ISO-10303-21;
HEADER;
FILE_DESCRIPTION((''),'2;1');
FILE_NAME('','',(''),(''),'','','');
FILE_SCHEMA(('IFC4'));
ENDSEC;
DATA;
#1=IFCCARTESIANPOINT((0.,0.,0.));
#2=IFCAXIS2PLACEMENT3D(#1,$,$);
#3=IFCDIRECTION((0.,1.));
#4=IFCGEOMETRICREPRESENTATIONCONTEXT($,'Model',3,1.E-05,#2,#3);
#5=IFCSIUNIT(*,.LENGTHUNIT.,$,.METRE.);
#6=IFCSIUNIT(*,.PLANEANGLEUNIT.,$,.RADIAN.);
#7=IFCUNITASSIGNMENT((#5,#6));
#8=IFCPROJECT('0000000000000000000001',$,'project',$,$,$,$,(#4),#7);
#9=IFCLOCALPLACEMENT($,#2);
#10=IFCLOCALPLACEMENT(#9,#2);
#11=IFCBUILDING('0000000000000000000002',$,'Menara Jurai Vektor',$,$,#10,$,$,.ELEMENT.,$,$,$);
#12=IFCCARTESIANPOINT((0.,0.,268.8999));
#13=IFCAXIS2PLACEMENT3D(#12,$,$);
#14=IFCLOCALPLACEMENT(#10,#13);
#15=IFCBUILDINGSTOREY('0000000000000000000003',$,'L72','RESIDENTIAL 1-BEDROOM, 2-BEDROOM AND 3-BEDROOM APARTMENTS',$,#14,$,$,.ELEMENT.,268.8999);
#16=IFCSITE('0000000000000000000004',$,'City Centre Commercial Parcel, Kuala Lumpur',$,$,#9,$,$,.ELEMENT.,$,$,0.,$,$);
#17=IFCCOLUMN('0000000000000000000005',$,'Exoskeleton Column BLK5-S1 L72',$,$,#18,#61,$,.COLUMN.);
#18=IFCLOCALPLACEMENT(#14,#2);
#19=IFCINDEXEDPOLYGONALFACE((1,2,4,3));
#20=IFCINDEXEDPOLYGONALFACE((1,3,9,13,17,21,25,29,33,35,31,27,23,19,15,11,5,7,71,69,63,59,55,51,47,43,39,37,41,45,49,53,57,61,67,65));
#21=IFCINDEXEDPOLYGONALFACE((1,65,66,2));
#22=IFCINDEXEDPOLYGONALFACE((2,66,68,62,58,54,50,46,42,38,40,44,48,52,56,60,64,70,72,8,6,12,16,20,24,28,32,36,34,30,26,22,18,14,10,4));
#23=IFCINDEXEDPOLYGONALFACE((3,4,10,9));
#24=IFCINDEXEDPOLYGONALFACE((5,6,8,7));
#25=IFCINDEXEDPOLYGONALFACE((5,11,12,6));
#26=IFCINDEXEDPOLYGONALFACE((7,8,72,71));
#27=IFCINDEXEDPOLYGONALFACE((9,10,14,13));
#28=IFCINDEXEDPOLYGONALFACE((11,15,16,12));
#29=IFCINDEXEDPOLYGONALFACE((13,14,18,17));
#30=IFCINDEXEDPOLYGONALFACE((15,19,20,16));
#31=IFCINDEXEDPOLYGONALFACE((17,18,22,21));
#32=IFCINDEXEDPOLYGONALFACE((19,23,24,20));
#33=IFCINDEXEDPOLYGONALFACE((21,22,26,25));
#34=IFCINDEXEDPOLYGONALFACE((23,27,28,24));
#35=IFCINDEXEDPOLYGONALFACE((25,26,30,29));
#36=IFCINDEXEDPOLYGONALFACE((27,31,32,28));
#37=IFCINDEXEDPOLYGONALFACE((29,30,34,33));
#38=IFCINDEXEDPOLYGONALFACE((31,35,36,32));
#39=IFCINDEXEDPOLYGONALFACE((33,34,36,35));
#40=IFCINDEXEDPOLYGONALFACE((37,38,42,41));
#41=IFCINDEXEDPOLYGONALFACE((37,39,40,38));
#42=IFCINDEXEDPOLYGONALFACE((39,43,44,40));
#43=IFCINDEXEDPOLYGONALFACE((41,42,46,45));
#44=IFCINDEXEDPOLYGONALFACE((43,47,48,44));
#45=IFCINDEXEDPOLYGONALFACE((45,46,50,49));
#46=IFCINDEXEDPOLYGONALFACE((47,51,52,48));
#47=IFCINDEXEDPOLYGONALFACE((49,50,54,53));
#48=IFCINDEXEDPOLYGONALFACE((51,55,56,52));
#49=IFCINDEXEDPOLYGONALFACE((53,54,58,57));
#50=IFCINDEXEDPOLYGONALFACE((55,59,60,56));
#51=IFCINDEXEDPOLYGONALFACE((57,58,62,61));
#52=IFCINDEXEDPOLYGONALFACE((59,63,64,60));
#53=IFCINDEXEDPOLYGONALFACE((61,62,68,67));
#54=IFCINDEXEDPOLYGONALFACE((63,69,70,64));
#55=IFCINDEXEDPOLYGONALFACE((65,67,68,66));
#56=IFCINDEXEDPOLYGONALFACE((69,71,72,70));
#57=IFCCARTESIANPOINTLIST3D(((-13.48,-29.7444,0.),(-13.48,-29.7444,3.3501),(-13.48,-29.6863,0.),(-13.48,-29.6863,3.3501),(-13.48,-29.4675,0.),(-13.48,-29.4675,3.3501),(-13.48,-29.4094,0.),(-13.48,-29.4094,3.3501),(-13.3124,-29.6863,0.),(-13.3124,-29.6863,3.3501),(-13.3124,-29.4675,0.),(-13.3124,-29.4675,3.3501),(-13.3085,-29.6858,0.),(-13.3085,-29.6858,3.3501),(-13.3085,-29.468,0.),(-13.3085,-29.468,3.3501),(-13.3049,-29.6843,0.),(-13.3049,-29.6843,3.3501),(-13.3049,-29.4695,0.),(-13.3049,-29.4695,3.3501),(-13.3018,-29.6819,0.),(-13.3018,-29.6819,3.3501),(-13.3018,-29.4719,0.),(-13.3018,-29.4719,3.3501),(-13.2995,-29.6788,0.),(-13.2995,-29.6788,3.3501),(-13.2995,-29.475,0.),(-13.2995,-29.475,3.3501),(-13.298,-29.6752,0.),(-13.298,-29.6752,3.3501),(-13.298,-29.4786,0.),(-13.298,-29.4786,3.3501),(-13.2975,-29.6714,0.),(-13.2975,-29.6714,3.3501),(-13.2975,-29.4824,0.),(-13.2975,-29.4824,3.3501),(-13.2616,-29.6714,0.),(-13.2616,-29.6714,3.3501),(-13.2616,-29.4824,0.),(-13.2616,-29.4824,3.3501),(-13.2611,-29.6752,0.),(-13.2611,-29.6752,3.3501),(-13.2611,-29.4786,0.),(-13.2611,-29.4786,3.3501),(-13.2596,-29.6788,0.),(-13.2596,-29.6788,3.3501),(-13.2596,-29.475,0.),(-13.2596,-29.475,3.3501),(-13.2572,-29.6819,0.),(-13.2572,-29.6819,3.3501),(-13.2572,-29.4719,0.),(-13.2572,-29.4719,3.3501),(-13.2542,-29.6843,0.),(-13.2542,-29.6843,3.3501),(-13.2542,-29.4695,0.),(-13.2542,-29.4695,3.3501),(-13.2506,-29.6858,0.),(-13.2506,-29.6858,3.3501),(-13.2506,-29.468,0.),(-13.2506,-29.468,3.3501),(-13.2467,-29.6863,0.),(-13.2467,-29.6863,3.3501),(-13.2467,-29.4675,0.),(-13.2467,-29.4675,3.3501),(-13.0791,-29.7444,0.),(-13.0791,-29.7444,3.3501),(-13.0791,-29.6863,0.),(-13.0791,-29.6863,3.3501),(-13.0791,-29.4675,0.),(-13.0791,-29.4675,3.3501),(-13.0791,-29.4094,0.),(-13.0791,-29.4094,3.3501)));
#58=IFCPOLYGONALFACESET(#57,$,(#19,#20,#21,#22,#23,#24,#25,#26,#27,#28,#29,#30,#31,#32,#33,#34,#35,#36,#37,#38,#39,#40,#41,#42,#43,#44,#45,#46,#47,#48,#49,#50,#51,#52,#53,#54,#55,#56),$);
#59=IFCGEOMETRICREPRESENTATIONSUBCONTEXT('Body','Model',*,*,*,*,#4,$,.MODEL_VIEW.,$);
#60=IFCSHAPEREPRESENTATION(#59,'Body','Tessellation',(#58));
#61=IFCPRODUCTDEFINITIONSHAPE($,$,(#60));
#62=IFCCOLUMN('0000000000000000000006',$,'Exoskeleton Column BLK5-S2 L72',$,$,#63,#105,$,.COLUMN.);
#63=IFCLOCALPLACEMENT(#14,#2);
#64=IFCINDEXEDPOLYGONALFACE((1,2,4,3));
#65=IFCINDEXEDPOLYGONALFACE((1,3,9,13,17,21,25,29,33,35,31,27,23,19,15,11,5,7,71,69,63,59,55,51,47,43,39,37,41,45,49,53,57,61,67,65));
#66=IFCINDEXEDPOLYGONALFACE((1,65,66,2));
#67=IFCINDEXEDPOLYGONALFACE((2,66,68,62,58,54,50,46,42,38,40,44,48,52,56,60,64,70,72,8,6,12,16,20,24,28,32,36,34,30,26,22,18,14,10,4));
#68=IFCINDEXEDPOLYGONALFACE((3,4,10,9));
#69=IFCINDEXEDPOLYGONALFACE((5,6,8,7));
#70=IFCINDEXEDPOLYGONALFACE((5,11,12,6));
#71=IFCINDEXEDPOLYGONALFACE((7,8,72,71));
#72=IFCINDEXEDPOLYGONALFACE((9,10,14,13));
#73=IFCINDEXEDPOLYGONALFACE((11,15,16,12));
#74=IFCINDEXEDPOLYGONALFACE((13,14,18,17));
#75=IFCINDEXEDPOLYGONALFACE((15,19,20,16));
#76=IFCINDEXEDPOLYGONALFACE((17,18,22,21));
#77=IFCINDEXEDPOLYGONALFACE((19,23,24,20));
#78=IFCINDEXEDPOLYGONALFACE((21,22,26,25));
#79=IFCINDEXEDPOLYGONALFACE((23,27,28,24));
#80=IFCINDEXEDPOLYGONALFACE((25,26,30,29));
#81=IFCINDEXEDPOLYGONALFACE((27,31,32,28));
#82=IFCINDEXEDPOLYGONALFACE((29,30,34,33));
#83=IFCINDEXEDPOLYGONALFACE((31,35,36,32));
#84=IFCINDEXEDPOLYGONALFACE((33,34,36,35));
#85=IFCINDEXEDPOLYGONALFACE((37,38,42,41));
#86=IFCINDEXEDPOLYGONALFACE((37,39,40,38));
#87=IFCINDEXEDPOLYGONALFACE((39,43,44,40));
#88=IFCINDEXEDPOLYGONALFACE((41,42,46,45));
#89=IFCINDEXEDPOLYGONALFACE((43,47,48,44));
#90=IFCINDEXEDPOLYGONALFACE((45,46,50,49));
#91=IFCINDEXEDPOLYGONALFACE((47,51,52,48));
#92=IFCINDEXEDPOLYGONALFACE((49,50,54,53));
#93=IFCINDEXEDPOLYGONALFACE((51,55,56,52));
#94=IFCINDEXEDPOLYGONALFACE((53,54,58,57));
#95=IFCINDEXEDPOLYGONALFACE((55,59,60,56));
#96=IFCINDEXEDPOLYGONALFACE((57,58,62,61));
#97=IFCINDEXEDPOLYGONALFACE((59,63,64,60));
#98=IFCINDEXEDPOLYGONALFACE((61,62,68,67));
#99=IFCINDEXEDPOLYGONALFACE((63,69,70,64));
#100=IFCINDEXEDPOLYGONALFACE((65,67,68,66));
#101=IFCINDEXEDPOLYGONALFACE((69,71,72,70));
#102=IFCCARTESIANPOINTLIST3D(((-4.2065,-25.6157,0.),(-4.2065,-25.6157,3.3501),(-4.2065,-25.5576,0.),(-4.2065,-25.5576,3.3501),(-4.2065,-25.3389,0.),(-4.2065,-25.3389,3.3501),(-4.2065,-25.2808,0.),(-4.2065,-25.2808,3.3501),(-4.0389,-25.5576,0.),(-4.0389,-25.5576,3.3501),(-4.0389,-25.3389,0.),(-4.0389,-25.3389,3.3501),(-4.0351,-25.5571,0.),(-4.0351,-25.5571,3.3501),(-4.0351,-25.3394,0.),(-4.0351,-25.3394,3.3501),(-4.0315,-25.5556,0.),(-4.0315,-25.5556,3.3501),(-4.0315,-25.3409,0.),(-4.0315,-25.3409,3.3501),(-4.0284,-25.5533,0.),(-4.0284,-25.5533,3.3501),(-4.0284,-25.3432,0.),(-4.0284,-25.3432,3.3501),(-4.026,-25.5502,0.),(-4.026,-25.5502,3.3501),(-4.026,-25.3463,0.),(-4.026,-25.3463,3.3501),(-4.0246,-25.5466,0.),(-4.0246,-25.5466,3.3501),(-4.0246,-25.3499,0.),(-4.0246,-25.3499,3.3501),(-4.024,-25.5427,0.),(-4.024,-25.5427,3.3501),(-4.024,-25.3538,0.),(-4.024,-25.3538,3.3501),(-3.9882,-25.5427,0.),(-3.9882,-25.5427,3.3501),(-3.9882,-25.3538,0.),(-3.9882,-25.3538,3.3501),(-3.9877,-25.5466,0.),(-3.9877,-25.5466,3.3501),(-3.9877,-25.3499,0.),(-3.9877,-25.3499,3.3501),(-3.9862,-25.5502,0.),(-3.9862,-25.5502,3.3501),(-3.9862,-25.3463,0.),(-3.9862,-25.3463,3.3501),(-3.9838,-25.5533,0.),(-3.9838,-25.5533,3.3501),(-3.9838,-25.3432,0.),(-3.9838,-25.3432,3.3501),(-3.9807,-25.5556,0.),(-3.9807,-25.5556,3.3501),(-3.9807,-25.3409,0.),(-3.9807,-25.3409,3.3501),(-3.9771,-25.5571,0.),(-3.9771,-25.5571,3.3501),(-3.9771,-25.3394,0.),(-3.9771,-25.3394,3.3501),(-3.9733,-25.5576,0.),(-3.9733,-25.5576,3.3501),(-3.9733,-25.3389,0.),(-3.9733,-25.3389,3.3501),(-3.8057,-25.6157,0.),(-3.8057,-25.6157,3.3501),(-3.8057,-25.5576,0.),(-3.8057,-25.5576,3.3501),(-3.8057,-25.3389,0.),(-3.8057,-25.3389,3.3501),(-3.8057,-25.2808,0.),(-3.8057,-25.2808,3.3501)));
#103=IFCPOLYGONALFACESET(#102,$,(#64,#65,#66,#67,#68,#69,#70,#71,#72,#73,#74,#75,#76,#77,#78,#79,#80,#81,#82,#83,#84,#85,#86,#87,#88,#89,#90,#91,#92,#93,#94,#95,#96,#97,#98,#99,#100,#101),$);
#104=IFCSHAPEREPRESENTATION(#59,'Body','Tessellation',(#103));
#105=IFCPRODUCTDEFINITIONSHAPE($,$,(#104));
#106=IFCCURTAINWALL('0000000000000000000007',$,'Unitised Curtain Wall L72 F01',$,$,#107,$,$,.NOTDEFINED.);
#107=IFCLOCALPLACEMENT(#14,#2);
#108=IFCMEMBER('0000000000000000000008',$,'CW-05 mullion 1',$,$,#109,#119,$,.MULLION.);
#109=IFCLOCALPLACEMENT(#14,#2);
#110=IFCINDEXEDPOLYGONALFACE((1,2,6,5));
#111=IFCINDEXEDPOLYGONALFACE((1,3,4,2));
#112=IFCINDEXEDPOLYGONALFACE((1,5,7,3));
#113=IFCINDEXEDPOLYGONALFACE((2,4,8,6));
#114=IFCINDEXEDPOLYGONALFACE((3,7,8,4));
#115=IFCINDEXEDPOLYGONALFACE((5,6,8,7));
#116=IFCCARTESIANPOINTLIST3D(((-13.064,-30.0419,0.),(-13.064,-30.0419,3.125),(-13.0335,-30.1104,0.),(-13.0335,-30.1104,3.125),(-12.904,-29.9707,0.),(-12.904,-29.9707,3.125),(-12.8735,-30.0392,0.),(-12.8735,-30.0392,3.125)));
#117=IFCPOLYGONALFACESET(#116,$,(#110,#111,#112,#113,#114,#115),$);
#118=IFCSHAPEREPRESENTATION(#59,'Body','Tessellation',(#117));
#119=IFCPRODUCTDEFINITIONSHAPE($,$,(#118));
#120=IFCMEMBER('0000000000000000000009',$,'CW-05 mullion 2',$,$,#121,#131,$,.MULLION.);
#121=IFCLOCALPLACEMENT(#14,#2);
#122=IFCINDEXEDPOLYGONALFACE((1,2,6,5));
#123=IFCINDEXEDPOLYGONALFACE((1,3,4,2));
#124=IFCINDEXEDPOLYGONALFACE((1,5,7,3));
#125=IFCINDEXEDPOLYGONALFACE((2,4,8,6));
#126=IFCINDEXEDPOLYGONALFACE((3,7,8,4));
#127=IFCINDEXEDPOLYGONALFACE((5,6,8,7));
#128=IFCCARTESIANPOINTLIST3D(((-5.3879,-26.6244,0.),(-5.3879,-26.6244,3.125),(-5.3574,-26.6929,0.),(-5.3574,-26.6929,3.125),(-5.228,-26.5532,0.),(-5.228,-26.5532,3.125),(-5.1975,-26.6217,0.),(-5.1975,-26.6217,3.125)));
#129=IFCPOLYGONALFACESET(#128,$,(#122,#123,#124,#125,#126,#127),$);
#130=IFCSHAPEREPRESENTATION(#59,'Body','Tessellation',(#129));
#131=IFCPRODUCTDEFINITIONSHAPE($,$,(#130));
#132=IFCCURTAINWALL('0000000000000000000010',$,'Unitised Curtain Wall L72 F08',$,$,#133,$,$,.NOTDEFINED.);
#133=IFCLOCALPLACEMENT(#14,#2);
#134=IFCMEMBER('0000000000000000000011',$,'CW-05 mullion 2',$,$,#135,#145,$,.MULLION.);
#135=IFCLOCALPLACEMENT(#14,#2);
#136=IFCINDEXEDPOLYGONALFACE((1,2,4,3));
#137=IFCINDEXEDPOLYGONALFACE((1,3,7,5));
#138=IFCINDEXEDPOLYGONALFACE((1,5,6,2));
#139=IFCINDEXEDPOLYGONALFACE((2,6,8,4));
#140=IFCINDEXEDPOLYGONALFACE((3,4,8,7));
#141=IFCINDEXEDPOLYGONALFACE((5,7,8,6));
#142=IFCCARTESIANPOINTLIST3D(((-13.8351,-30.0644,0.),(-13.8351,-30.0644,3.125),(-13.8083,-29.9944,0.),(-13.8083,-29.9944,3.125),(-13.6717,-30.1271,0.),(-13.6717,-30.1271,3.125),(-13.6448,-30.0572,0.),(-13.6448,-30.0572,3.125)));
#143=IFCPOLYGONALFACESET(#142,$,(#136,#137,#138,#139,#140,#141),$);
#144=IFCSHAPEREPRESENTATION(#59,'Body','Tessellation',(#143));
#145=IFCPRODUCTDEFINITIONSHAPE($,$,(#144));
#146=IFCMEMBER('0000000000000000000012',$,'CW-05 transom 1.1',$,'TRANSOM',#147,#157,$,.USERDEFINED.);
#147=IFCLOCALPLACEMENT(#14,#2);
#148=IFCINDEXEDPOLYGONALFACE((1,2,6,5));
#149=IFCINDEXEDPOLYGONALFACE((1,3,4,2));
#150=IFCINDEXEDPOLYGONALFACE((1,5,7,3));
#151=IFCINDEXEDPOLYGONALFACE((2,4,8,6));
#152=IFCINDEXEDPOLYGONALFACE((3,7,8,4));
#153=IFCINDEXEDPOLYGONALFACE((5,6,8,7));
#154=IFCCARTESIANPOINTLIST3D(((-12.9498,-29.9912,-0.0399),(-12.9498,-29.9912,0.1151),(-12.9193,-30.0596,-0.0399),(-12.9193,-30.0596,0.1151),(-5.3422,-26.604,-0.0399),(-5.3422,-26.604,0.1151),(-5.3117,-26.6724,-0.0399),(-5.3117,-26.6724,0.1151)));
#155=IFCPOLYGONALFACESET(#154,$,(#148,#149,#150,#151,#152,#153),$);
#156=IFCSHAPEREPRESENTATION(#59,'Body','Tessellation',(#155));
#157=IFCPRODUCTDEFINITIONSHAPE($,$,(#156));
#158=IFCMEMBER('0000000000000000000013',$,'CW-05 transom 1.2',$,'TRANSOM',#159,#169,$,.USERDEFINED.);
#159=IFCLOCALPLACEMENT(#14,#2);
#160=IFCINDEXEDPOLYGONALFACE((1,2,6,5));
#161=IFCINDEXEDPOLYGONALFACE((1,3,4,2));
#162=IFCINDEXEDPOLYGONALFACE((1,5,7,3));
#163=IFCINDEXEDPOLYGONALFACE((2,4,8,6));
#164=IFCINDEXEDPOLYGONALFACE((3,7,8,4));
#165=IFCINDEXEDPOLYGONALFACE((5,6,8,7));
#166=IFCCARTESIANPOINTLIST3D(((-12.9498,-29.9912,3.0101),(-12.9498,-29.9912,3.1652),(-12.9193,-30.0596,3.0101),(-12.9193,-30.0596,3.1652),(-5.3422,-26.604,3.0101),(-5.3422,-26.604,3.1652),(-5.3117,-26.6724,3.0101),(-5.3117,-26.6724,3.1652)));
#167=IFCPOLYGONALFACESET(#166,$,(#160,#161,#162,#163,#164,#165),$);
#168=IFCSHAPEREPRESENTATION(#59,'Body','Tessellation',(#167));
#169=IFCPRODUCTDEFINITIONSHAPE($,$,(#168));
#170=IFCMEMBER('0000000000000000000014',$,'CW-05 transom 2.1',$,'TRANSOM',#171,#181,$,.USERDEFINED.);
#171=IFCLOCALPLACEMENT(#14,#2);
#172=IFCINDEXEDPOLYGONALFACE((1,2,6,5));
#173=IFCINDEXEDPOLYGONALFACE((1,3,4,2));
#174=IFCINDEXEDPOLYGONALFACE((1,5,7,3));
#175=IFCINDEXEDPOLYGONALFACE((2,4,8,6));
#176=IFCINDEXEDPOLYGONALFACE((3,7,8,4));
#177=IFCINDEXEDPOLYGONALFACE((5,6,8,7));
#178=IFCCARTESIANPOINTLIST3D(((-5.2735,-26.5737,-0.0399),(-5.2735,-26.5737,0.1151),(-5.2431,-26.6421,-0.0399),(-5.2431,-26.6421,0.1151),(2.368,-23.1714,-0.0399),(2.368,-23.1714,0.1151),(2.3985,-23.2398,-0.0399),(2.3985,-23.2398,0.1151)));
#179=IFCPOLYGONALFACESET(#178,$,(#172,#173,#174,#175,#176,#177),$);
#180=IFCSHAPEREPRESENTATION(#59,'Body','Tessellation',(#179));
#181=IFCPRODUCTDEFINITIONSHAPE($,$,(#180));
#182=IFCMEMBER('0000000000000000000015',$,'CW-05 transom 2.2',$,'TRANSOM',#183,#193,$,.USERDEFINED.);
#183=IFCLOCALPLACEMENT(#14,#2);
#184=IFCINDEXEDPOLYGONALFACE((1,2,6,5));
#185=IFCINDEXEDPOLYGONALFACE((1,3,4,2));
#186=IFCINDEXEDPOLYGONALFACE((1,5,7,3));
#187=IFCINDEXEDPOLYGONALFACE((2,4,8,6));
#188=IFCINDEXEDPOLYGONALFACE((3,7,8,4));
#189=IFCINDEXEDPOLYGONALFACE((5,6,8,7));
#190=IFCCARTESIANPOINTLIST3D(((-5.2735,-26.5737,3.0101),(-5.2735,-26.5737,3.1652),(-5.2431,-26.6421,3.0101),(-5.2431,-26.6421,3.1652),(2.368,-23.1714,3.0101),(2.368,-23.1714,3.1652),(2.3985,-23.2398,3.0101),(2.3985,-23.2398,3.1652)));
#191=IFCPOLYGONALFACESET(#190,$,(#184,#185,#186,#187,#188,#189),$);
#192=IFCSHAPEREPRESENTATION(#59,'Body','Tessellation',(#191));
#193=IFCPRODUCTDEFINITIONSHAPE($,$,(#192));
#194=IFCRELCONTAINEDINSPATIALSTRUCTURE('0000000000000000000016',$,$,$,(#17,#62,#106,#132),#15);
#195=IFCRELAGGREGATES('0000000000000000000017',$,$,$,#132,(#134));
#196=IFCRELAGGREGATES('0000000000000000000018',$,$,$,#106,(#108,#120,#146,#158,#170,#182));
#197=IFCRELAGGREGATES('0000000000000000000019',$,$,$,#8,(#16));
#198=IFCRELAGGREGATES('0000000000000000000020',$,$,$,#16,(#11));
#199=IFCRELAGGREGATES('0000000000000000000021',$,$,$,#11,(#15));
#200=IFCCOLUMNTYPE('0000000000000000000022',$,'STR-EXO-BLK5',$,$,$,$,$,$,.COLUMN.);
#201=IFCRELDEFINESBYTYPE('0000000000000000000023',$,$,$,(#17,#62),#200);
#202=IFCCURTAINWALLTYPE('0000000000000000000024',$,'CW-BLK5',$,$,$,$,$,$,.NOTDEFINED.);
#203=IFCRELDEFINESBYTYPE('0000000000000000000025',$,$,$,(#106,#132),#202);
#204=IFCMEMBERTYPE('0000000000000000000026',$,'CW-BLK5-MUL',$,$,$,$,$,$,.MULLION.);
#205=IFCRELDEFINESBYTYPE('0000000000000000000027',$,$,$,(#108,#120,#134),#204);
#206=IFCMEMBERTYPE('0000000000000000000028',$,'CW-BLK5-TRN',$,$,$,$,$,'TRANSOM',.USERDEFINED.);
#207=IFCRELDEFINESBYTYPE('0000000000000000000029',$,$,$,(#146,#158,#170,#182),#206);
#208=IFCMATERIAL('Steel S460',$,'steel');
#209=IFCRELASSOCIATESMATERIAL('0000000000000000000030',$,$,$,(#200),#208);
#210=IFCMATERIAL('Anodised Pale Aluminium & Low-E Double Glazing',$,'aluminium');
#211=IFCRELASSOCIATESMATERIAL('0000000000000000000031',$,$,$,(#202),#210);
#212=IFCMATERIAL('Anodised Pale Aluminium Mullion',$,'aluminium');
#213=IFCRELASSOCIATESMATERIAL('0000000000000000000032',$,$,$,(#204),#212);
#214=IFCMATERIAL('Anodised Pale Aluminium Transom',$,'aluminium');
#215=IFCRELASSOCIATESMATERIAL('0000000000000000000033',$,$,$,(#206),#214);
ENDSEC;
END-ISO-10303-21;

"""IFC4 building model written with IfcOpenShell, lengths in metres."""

from ifc_helpers import new_model, si_unit, direction, frame, origin, origin_2d, place, context, subcontext, project, spatial, rectangle, i_section, extrude, material, material_profile, profile_set, type_object, element, aggregate, save


model = new_model("IFC4")

# Units and contexts
model_context = context("Model", 3, precision=1e-05, world=origin(), true_north=direction((0.0, 1.0)))
body_context = subcontext(model_context, "Body", "Model", "MODEL_VIEW")
ifc_project = project(units=[si_unit("LENGTHUNIT", "METRE"), si_unit("PLANEANGLEUNIT", "RADIAN")], contexts=[model_context])

# Site, building, storey
site_placement = place(None, origin())
site = spatial("IfcSite", under=ifc_project, at=site_placement, Name="City Centre Commercial Parcel, Kuala Lumpur", CompositionType="ELEMENT", RefElevation=0.0)
building_placement = place(site_placement, origin())
building = spatial("IfcBuilding", under=site, at=building_placement, Name="Menara Jurai Vektor", CompositionType="ELEMENT")
storey_placement = place(building_placement, frame((0.0, 0.0, 268.8999)))
storey = spatial("IfcBuildingStorey", under=building, at=storey_placement, Name="L72", Description="RESIDENTIAL 1-BEDROOM, 2-BEDROOM AND 3-BEDROOM APARTMENTS", CompositionType="ELEMENT", Elevation=268.8999)

# Columns
ifc_material_1 = material(Name="Steel S460", Category="steel")
ifc_material_profile_1 = material_profile(ifc_material_1, i_section(OverallWidth=0.4009, OverallDepth=0.335, WebThickness=0.0359, FlangeThickness=0.0581, FilletRadius=0.0149, at=origin_2d()), Name="HD 400x463")
ifc_profile_set_1 = profile_set([ifc_material_profile_1], Name="Steel S460")
column_type = type_object("IfcColumnType", Name="STR-EXO-BLK5", PredefinedType="COLUMN", material=ifc_profile_set_1)
for number, where, z_axis, x_axis, name in (
    (1, (-13.2795, -29.5769, 0.0), (0.0, 0.0, 1.0), (1.0, 0.0, 0.0), "Exoskeleton Column BLK5-S1 L72"),
    (2, (-4.0061, -25.4482, 0.0), (0.0, 0.0, 1.0), (1.0, 0.0, 0.0), "Exoskeleton Column BLK5-S2 L72"),
):
    element("IfcColumn", number, at=place(storey_placement, frame(where, z_axis=z_axis, x_axis=x_axis)), inside=storey, type_object=column_type, Name=name, PredefinedType="COLUMN", context=body_context, shape_type="SweptSolid", body=[
        extrude(i_section(OverallWidth=0.4009, OverallDepth=0.335, WebThickness=0.0359, FlangeThickness=0.0581, FilletRadius=0.0149, at=origin_2d()), origin(), (0.0, 0.0, 1.0), 3.3501),
    ])

# Curtain wall, members
ifc_material_2 = material(Name="Anodised Pale Aluminium & Low-E Double Glazing", Category="aluminium")
curtain_wall_type = type_object("IfcCurtainWallType", Name="CW-BLK5", PredefinedType="NOTDEFINED", material=ifc_material_2)
curtain_wall_1_placement = place(storey_placement, origin())
curtain_wall_1 = element("IfcCurtainWall", 3, at=curtain_wall_1_placement, inside=storey, type_object=curtain_wall_type, Name="Unitised Curtain Wall L72 F01", PredefinedType="NOTDEFINED")
ifc_material_3 = material(Name="Anodised Pale Aluminium Mullion", Category="aluminium")
ifc_material_profile_2 = material_profile(ifc_material_3, rectangle(XDim=0.075, YDim=0.175, at=origin_2d()), Name="ALU MUL 75x175")
ifc_profile_set_2 = profile_set([ifc_material_profile_2], Name="Anodised Pale Aluminium Mullion")
member_type_1 = type_object("IfcMemberType", Name="CW-BLK5-MUL", PredefinedType="MULLION", material=ifc_profile_set_2)
member_1_placement = place(storey_placement, frame((-12.9688, -30.0405, 0.0), z_axis=(0.0, 0.0, 1.0), x_axis=(-0.406735, 0.913546, 0.0)))
member_1 = element("IfcMember", 4, at=member_1_placement, type_object=member_type_1, Name="CW-05 mullion 1", PredefinedType="MULLION", context=body_context, shape_type="SweptSolid", body=[
    extrude(rectangle(XDim=0.075, YDim=0.175, at=origin_2d()), origin(), (0.0, 0.0, 1.0), 3.125),
])
member_2_placement = place(storey_placement, frame((-5.2927, -26.623, 0.0), z_axis=(0.0, 0.0, 1.0), x_axis=(-0.406735, 0.913546, 0.0)))
member_2 = element("IfcMember", 5, at=member_2_placement, type_object=member_type_1, Name="CW-05 mullion 2", PredefinedType="MULLION", context=body_context, shape_type="SweptSolid", body=[
    extrude(rectangle(XDim=0.075, YDim=0.175, at=origin_2d()), origin(), (0.0, 0.0, 1.0), 3.125),
])

# Curtain wall, member
curtain_wall_2_placement = place(storey_placement, origin())
curtain_wall_2 = element("IfcCurtainWall", 6, at=curtain_wall_2_placement, inside=storey, type_object=curtain_wall_type, Name="Unitised Curtain Wall L72 F08", PredefinedType="NOTDEFINED")
member_3_placement = place(storey_placement, frame((-13.74, -30.0608, 0.0), z_axis=(0.0, 0.0, 1.0), x_axis=(0.358374, 0.933578, 0.0)))
member_3 = element("IfcMember", 7, at=member_3_placement, type_object=member_type_1, Name="CW-05 mullion 2", PredefinedType="MULLION", context=body_context, shape_type="SweptSolid", body=[
    extrude(rectangle(XDim=0.075, YDim=0.175, at=origin_2d()), origin(), (0.0, 0.0, 1.0), 3.125),
])
aggregate(curtain_wall_2, [member_3])

# Members
ifc_material_4 = material(Name="Anodised Pale Aluminium Transom", Category="aluminium")
ifc_material_profile_3 = material_profile(ifc_material_4, rectangle(XDim=0.075, YDim=0.155, at=origin_2d()), Name="ALU TRN 75x155")
ifc_profile_set_3 = profile_set([ifc_material_profile_3], Name="Anodised Pale Aluminium Transom")
member_type_2 = type_object("IfcMemberType", Name="CW-BLK5-TRN", ElementType="TRANSOM", PredefinedType="USERDEFINED", material=ifc_profile_set_3)
member_4_placement = place(storey_placement, frame((-12.9346, -30.0254, 0.0376), z_axis=(0.913543, 0.406742, 0.0), x_axis=(-0.406742, 0.913543, 0.0)))
member_4 = element("IfcMember", 8, at=member_4_placement, type_object=member_type_2, Name="CW-05 transom 1.1", ObjectType="TRANSOM", PredefinedType="USERDEFINED", context=body_context, shape_type="SweptSolid", body=[
    extrude(rectangle(XDim=0.075, YDim=0.155, at=origin_2d()), origin(), (0.0, 0.0, 1.0), 8.3276),
])
member_5_placement = place(storey_placement, frame((-12.9346, -30.0254, 3.0876), z_axis=(0.913543, 0.406742, 0.0), x_axis=(-0.406742, 0.913543, 0.0)))
member_5 = element("IfcMember", 9, at=member_5_placement, type_object=member_type_2, Name="CW-05 transom 1.2", ObjectType="TRANSOM", PredefinedType="USERDEFINED", context=body_context, shape_type="SweptSolid", body=[
    extrude(rectangle(XDim=0.075, YDim=0.155, at=origin_2d()), origin(), (0.0, 0.0, 1.0), 8.3276),
])
member_6_placement = place(storey_placement, frame((-5.2583, -26.6079, 0.0376), z_axis=(0.913542, 0.406745, 0.0), x_axis=(-0.406745, 0.913542, 0.0)))
member_6 = element("IfcMember", 10, at=member_6_placement, type_object=member_type_2, Name="CW-05 transom 2.1", ObjectType="TRANSOM", PredefinedType="USERDEFINED", context=body_context, shape_type="SweptSolid", body=[
    extrude(rectangle(XDim=0.075, YDim=0.155, at=origin_2d()), origin(), (0.0, 0.0, 1.0), 8.3647),
])
member_7_placement = place(storey_placement, frame((-5.2583, -26.6079, 3.0876), z_axis=(0.913542, 0.406745, 0.0), x_axis=(-0.406745, 0.913542, 0.0)))
member_7 = element("IfcMember", 11, at=member_7_placement, type_object=member_type_2, Name="CW-05 transom 2.2", ObjectType="TRANSOM", PredefinedType="USERDEFINED", context=body_context, shape_type="SweptSolid", body=[
    extrude(rectangle(XDim=0.075, YDim=0.155, at=origin_2d()), origin(), (0.0, 0.0, 1.0), 8.3647),
])

aggregate(curtain_wall_1, [member_1, member_2, member_4, member_5, member_6, member_7])

save(model, "model.ifc")
